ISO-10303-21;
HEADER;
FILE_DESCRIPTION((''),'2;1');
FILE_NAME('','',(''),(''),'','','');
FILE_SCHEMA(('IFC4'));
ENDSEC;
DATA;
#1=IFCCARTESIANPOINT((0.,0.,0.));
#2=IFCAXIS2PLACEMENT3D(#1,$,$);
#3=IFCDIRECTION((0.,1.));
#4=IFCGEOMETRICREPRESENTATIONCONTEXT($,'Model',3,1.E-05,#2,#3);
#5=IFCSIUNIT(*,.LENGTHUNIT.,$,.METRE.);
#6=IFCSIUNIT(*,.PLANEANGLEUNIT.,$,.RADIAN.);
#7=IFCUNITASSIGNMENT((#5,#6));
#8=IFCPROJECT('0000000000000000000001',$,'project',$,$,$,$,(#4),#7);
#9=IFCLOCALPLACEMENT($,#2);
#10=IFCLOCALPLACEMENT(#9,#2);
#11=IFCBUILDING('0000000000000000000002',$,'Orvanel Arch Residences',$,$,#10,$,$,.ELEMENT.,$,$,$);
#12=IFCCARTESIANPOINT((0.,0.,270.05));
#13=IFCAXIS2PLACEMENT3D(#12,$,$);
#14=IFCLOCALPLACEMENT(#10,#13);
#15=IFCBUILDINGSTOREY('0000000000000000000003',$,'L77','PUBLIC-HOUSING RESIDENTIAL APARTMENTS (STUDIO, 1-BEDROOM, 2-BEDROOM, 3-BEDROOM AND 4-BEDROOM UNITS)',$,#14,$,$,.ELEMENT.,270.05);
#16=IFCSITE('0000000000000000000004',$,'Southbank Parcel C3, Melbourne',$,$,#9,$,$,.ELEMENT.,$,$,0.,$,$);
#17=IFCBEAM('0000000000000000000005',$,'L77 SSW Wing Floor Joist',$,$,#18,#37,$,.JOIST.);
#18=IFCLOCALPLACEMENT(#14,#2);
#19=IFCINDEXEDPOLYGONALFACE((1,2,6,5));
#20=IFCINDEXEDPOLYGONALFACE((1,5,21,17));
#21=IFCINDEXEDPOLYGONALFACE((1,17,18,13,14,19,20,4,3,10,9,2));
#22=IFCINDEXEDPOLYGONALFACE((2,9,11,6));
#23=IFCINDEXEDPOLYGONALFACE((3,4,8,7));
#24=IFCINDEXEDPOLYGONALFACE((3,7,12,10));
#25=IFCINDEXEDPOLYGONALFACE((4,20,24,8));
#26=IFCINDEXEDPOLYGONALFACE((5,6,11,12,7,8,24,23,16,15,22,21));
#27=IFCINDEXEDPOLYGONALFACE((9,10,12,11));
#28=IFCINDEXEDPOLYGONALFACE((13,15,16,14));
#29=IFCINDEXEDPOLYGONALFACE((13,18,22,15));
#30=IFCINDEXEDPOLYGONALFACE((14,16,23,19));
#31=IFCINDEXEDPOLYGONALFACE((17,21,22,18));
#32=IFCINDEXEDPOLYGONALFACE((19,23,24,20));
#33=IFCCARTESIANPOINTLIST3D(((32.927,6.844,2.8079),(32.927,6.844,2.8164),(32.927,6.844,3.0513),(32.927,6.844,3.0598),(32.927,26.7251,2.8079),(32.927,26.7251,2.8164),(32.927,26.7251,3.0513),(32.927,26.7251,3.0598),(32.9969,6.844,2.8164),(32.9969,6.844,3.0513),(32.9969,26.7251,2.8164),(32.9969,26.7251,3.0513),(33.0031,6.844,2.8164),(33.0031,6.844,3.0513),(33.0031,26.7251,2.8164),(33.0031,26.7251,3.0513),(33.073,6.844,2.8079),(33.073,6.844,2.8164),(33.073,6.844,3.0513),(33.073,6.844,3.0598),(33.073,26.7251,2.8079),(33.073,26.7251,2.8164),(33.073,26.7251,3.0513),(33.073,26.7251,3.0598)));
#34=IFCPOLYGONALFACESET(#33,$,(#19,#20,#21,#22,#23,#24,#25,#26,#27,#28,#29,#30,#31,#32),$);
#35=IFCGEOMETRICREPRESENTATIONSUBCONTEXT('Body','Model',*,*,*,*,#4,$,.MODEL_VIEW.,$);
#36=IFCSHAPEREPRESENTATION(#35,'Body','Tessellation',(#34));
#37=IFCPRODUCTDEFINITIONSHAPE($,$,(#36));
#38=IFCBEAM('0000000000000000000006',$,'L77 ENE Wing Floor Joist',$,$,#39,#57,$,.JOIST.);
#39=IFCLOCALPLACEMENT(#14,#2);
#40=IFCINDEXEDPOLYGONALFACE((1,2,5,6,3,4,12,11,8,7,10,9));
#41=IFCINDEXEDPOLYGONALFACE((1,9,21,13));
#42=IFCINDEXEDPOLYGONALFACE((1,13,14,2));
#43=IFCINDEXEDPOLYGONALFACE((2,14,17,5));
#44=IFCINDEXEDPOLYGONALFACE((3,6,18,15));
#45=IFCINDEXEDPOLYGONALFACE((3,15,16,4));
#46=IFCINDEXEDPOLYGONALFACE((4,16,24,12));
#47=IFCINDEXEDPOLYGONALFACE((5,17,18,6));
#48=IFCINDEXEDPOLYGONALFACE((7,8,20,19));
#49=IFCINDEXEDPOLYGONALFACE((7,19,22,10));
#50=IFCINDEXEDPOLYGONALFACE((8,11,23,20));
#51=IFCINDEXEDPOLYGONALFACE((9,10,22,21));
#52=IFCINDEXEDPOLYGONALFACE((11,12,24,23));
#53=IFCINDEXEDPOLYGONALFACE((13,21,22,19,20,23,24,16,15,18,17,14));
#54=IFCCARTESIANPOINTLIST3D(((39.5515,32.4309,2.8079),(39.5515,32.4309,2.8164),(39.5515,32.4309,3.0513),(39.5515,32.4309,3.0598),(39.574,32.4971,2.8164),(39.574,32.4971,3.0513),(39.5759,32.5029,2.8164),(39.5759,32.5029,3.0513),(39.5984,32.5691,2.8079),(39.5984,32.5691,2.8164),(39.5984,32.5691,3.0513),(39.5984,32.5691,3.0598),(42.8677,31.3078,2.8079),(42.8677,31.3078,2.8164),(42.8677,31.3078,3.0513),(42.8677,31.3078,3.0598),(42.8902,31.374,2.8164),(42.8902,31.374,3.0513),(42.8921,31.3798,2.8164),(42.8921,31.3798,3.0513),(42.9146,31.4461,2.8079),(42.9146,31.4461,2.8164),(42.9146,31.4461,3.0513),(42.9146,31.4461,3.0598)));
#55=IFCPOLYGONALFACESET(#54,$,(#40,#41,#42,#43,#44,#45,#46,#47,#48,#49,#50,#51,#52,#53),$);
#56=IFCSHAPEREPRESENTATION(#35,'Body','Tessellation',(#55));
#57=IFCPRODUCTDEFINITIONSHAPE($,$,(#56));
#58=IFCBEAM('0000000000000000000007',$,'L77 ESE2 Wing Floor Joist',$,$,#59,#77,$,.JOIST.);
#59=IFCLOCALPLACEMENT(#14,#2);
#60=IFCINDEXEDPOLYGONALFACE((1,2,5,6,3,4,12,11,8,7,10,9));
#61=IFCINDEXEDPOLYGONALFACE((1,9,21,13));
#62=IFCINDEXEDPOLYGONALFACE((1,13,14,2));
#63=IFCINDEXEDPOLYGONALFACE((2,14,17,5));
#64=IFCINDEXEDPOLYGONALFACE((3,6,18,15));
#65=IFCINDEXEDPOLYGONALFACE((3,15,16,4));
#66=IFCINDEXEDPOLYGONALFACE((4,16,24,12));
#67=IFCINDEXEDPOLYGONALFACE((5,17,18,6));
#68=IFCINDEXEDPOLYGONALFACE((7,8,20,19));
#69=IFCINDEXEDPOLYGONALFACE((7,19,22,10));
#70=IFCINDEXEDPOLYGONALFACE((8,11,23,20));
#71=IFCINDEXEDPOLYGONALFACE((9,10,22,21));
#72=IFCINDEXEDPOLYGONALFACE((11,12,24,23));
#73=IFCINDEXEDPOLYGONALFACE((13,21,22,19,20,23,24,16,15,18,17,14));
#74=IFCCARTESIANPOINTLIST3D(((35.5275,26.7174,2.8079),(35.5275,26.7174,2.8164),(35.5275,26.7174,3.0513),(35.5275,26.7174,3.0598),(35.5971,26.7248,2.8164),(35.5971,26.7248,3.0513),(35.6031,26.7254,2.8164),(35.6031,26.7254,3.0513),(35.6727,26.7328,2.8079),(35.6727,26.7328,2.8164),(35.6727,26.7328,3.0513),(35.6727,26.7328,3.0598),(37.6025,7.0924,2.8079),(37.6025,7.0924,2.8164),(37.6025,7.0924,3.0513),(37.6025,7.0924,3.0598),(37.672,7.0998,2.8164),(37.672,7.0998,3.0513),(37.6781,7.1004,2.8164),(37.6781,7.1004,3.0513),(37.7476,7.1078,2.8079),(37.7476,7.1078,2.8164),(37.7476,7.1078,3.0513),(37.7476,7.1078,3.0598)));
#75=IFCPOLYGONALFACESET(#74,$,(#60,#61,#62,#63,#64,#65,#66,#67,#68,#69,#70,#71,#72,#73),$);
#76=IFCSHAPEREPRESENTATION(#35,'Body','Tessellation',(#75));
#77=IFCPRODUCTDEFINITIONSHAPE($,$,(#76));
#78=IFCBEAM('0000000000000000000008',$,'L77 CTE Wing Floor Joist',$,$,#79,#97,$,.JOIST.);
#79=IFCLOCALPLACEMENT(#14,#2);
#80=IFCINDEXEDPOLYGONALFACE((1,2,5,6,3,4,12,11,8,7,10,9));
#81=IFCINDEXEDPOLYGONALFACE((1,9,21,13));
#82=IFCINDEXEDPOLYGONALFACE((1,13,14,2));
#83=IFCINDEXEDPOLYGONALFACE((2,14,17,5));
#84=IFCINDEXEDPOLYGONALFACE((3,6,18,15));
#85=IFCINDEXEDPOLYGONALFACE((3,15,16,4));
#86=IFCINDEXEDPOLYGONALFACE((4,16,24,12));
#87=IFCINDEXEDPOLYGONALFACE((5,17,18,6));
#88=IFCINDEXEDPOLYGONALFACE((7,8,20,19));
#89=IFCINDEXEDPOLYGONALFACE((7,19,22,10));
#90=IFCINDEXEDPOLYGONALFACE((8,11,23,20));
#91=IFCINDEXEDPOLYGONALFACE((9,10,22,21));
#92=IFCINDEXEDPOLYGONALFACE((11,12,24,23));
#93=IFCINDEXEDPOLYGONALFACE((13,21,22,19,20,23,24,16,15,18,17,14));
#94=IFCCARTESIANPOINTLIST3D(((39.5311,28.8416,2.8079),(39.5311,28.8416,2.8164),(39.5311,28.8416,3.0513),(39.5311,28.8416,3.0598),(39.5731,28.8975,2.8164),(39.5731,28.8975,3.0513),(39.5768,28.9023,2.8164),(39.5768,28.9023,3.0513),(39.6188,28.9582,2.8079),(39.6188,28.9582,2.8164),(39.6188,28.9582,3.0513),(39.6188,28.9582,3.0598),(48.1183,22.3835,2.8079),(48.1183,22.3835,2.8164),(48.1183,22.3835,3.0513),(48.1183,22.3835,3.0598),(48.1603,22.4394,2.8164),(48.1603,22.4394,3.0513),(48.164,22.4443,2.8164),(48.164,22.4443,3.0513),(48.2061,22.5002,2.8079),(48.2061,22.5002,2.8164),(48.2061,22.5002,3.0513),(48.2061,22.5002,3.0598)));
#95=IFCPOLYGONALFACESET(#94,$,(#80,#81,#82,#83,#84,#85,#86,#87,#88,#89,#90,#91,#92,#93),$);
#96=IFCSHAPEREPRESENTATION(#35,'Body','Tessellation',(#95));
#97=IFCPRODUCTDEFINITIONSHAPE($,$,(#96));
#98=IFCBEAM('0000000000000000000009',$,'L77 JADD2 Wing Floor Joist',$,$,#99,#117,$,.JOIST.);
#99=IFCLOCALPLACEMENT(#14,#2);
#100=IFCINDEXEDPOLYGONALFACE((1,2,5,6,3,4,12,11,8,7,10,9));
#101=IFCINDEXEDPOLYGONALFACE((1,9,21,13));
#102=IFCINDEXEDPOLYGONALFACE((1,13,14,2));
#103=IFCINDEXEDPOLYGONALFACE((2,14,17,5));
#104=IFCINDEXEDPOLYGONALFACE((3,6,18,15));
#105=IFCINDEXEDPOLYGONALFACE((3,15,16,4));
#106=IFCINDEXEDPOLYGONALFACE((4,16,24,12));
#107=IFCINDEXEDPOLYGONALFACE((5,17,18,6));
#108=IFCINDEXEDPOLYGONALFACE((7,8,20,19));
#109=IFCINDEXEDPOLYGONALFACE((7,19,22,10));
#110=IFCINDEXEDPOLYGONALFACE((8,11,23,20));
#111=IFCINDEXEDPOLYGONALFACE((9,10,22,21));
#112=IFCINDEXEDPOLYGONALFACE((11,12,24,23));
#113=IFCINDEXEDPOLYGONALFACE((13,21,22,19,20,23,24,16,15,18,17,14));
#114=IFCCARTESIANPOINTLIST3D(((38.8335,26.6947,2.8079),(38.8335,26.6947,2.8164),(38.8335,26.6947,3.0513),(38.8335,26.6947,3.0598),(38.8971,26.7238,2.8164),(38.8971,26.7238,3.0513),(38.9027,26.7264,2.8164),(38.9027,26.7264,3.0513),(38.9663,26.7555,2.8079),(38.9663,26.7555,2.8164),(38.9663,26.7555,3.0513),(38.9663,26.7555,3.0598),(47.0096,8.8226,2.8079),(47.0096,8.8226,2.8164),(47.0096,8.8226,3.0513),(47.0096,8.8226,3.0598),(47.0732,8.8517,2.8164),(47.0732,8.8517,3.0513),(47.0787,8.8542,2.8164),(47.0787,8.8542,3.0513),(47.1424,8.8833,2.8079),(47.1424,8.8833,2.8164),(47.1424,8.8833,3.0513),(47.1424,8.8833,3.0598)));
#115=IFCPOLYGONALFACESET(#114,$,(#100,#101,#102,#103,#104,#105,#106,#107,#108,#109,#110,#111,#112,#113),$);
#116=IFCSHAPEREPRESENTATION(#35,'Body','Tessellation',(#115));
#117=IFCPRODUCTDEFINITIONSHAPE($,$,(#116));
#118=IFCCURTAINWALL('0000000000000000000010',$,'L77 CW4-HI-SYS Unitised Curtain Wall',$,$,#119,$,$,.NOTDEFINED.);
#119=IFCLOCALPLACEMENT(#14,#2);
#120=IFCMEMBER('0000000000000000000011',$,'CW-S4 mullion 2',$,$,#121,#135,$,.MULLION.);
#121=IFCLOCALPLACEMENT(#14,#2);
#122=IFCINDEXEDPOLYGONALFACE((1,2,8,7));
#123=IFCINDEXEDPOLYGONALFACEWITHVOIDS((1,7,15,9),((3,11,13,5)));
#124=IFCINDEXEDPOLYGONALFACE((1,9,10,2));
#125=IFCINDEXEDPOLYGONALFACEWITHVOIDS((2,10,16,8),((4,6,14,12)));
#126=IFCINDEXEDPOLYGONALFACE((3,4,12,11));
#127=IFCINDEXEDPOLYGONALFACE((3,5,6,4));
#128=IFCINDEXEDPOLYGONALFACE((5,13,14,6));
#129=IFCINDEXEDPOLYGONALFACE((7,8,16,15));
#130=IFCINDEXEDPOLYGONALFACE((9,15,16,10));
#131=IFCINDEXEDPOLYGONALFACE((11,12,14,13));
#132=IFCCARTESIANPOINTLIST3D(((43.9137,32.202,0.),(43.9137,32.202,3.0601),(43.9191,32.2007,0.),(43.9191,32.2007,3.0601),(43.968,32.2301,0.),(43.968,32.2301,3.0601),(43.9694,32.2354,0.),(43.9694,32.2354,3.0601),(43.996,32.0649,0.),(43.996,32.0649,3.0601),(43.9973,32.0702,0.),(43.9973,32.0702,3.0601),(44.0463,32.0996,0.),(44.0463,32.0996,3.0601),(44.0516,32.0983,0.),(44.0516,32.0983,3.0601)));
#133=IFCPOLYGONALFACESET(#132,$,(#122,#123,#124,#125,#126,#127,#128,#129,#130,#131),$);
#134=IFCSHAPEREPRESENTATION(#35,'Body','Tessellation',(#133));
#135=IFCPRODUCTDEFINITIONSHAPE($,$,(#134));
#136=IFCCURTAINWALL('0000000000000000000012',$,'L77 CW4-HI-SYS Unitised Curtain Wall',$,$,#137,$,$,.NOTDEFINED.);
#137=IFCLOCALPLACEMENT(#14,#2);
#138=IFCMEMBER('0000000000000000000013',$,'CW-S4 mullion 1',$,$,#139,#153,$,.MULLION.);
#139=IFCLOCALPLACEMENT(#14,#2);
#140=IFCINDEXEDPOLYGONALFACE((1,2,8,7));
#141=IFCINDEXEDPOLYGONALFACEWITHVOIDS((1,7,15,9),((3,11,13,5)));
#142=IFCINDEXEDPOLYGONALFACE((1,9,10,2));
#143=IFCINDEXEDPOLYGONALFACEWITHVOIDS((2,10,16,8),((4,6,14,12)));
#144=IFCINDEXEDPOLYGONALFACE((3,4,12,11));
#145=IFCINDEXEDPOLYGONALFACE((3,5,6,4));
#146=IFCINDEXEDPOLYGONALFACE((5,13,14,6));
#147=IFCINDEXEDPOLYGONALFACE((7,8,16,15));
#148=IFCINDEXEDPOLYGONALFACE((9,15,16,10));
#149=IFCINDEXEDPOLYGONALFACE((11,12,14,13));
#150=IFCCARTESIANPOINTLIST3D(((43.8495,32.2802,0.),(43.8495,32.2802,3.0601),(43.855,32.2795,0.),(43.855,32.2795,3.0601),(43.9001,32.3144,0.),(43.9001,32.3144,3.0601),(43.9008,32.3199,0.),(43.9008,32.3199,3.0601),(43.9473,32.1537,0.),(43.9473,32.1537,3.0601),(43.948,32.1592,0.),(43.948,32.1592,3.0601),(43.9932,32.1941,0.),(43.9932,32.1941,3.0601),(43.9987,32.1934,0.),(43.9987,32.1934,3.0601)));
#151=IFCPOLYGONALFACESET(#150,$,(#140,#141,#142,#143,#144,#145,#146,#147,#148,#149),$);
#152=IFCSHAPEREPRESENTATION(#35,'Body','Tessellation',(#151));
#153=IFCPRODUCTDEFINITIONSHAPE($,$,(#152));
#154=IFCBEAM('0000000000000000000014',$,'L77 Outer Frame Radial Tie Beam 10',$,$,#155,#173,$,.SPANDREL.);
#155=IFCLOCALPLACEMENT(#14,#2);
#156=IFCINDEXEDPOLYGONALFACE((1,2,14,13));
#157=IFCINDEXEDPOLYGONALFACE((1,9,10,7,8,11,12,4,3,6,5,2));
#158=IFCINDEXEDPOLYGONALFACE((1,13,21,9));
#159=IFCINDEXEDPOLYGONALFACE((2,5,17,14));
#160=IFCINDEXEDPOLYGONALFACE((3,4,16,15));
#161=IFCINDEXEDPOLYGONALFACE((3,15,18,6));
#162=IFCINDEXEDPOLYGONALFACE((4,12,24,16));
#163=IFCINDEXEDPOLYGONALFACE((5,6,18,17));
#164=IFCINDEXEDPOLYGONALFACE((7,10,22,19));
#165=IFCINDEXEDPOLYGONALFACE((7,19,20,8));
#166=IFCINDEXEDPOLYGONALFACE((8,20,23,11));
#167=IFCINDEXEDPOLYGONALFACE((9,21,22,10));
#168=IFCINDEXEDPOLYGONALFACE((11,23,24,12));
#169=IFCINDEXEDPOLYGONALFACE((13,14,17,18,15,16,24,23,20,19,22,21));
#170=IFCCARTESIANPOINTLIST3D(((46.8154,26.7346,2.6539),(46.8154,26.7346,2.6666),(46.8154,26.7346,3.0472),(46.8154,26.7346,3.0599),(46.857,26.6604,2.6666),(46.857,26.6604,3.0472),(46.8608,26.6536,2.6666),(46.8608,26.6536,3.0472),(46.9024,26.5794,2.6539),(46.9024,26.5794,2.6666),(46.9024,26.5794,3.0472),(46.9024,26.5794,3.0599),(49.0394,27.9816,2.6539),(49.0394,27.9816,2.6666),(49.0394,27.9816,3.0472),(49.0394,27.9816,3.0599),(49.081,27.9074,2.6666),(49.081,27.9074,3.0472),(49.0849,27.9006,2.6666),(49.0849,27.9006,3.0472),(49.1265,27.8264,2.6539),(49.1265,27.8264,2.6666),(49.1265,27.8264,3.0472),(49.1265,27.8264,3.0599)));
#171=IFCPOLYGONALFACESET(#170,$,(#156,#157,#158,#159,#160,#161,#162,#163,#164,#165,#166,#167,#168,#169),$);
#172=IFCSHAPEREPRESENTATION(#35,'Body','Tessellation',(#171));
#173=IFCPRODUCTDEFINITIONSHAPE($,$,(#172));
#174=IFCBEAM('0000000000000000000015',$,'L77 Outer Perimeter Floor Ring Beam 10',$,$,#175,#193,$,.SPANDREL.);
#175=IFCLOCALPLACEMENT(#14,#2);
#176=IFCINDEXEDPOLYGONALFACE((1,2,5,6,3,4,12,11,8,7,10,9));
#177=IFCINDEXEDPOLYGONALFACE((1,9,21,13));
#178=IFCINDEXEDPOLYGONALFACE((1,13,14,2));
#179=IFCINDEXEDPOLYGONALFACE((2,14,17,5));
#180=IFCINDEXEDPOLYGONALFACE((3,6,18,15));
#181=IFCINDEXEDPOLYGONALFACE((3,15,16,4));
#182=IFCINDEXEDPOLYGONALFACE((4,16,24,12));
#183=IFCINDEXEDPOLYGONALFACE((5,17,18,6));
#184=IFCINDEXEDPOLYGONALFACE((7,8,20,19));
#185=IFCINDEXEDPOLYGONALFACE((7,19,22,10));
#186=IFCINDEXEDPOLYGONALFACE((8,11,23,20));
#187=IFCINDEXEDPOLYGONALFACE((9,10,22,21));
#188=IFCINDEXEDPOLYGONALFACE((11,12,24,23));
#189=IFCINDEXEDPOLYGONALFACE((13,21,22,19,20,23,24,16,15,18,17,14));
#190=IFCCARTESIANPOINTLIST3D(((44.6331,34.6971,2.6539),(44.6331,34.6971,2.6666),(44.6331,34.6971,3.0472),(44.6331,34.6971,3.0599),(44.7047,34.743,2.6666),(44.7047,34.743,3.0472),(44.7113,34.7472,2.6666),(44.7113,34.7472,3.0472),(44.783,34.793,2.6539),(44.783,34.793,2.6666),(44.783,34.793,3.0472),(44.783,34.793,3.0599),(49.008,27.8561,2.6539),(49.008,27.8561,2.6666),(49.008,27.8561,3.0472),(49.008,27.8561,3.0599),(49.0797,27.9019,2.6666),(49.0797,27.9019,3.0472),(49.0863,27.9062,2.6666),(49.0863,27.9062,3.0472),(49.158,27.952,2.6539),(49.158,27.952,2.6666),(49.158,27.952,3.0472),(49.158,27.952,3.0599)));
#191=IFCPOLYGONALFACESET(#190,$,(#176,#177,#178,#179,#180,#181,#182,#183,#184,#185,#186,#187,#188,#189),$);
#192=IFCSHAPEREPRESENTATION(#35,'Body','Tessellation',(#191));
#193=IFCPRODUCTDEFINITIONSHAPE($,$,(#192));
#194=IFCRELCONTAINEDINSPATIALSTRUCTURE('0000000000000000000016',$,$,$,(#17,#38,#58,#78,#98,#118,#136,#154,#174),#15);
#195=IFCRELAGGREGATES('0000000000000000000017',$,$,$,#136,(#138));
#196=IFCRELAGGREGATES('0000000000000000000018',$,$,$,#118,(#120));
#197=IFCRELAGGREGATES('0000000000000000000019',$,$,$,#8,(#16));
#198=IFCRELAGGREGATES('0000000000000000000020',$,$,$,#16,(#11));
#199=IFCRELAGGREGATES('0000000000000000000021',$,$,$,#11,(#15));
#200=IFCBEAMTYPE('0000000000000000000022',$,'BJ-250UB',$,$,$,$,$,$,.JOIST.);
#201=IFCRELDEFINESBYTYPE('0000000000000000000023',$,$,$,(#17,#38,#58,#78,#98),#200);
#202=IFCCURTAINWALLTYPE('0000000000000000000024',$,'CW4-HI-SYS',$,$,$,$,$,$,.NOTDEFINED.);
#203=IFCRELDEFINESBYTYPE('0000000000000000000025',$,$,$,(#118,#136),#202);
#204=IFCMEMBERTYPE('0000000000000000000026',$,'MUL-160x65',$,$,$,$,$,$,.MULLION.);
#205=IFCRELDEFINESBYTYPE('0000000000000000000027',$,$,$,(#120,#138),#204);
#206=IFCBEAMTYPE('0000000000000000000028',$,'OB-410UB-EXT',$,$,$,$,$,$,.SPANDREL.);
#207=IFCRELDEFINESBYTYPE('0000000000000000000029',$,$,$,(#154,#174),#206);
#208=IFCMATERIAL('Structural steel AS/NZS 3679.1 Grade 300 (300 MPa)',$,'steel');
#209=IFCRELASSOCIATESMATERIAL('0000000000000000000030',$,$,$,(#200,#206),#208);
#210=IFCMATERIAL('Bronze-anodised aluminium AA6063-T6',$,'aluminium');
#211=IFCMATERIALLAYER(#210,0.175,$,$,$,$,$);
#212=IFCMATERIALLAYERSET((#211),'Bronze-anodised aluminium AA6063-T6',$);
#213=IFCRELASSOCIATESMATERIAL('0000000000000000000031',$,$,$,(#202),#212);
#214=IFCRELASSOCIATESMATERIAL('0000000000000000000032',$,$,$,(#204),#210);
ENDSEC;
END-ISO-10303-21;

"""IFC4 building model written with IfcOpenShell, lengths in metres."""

from ifc_helpers import new_model, si_unit, direction, frame, origin, origin_2d, place, context, subcontext, project, spatial, hollow_rectangle, i_section, extrude, material, layer, layer_set, material_profile, profile_set, type_object, element, aggregate, save


model = new_model("IFC4")

# Units and contexts
model_context = context("Model", 3, precision=1e-05, world=origin(), true_north=direction((0.0, 1.0)))
body_context = subcontext(model_context, "Body", "Model", "MODEL_VIEW")
ifc_project = project(units=[si_unit("LENGTHUNIT", "METRE"), si_unit("PLANEANGLEUNIT", "RADIAN")], contexts=[model_context])

# Site, building, storey
site_placement = place(None, origin())
site = spatial("IfcSite", under=ifc_project, at=site_placement, Name="Southbank Parcel C3, Melbourne", CompositionType="ELEMENT", RefElevation=0.0)
building_placement = place(site_placement, origin())
building = spatial("IfcBuilding", under=site, at=building_placement, Name="Orvanel Arch Residences", CompositionType="ELEMENT")
storey_placement = place(building_placement, frame((0.0, 0.0, 270.05)))
storey = spatial("IfcBuildingStorey", under=building, at=storey_placement, Name="L77", Description="PUBLIC-HOUSING RESIDENTIAL APARTMENTS (STUDIO, 1-BEDROOM, 2-BEDROOM, 3-BEDROOM AND 4-BEDROOM UNITS)", CompositionType="ELEMENT", Elevation=270.05)

# Beams
ifc_material_1 = material(Name="Structural steel AS/NZS 3679.1 Grade 300 (300 MPa)", Category="steel")
ifc_material_profile_1 = material_profile(ifc_material_1, i_section(OverallWidth=0.146, OverallDepth=0.252, WebThickness=0.0061, FlangeThickness=0.0085, at=origin_2d()), Name="250UB31.4")
ifc_profile_set_1 = profile_set([ifc_material_profile_1], Name="Structural steel AS/NZS 3679.1 Grade 300 (300 MPa)")
beam_type_1 = type_object("IfcBeamType", Name="BJ-250UB", PredefinedType="JOIST", material=ifc_profile_set_1)
beam_1_placement = place(storey_placement, frame((33.0, 26.7251, 2.9338), z_axis=(0.0, -1.0, 0.0), x_axis=(1.0, 0.0, 0.0)))
element("IfcBeam", 1, at=beam_1_placement, inside=storey, type_object=beam_type_1, Name="L77 SSW Wing Floor Joist", PredefinedType="JOIST", context=body_context, shape_type="SweptSolid", body=[
    extrude(i_section(OverallWidth=0.146, OverallDepth=0.252, WebThickness=0.0061, FlangeThickness=0.0085, at=origin_2d()), origin(), (0.0, 0.0, 1.0), 19.8811),
])
beam_2_placement = place(storey_placement, frame((39.575, 32.5, 2.9338), z_axis=(0.947159, -0.320764, 0.0), x_axis=(0.320764, 0.947159, 0.0)))
element("IfcBeam", 2, at=beam_2_placement, inside=storey, type_object=beam_type_1, Name="L77 ENE Wing Floor Joist", PredefinedType="JOIST", context=body_context, shape_type="SweptSolid", body=[
    extrude(i_section(OverallWidth=0.146, OverallDepth=0.252, WebThickness=0.0061, FlangeThickness=0.0085, at=origin_2d()), origin(), (0.0, 0.0, 1.0), 3.5012),
])
beam_3_placement = place(storey_placement, frame((35.6001, 26.7251, 2.9338), z_axis=(0.105144, -0.994457, 0.0), x_axis=(0.994457, 0.105144, 0.0)))
element("IfcBeam", 3, at=beam_3_placement, inside=storey, type_object=beam_type_1, Name="L77 ESE2 Wing Floor Joist", PredefinedType="JOIST", context=body_context, shape_type="SweptSolid", body=[
    extrude(i_section(OverallWidth=0.146, OverallDepth=0.252, WebThickness=0.0061, FlangeThickness=0.0085, at=origin_2d()), origin(), (0.0, 0.0, 1.0), 19.7344),
])
beam_4_placement = place(storey_placement, frame((39.575, 28.8999, 2.9338), z_axis=(0.799211, -0.60105, 0.0), x_axis=(0.60105, 0.799211, 0.0)))
element("IfcBeam", 4, at=beam_4_placement, inside=storey, type_object=beam_type_1, Name="L77 CTE Wing Floor Joist", PredefinedType="JOIST", context=body_context, shape_type="SweptSolid", body=[
    extrude(i_section(OverallWidth=0.146, OverallDepth=0.252, WebThickness=0.0061, FlangeThickness=0.0085, at=origin_2d()), origin(), (0.0, 0.0, 1.0), 10.7446),
])
beam_5_placement = place(storey_placement, frame((38.8999, 26.7251, 2.9338), z_axis=(0.41601, -0.90936, 0.0), x_axis=(0.90936, 0.41601, 0.0)))
element("IfcBeam", 5, at=beam_5_placement, inside=storey, type_object=beam_type_1, Name="L77 JADD2 Wing Floor Joist", PredefinedType="JOIST", context=body_context, shape_type="SweptSolid", body=[
    extrude(i_section(OverallWidth=0.146, OverallDepth=0.252, WebThickness=0.0061, FlangeThickness=0.0085, at=origin_2d()), origin(), (0.0, 0.0, 1.0), 19.6536),
])

# Curtain walls, members
ifc_material_2 = material(Name="Bronze-anodised aluminium AA6063-T6", Category="aluminium")
ifc_layer_1 = layer(ifc_material_2, 0.175)
ifc_layer_set_1 = layer_set([ifc_layer_1], Name="Bronze-anodised aluminium AA6063-T6")
curtain_wall_type = type_object("IfcCurtainWallType", Name="CW4-HI-SYS", PredefinedType="NOTDEFINED", material=ifc_layer_set_1)
curtain_wall_1_placement = place(storey_placement, origin())
curtain_wall_1 = element("IfcCurtainWall", 6, at=curtain_wall_1_placement, inside=storey, type_object=curtain_wall_type, Name="L77 CW4-HI-SYS Unitised Curtain Wall", PredefinedType="NOTDEFINED")
ifc_material_profile_2 = material_profile(ifc_material_2, hollow_rectangle(XDim=0.0649, YDim=0.1599, WallThickness=0.0039, at=origin_2d()), Name="ALU160x65x4")
ifc_profile_set_2 = profile_set([ifc_material_profile_2], Name="Bronze-anodised aluminium AA6063-T6")
member_type_1 = type_object("IfcMemberType", Name="MUL-160x65", PredefinedType="MULLION", material=ifc_profile_set_2)
member_1_placement = place(storey_placement, frame((43.9827, 32.1501, 0.0), z_axis=(0.0, 0.0, 1.0), x_axis=(-0.85755, -0.514401, 0.0)))
member_1 = element("IfcMember", 7, at=member_1_placement, type_object=member_type_1, Name="CW-S4 mullion 2", PredefinedType="MULLION", context=body_context, shape_type="SweptSolid", body=[
    extrude(hollow_rectangle(XDim=0.0649, YDim=0.1599, WallThickness=0.0039, at=origin_2d()), origin(), (0.0, 0.0, 1.0), 3.0601),
])
curtain_wall_2_placement = place(storey_placement, origin())
curtain_wall_2 = element("IfcCurtainWall", 8, at=curtain_wall_2_placement, inside=storey, type_object=curtain_wall_type, Name="L77 CW4-HI-SYS Unitised Curtain Wall", PredefinedType="NOTDEFINED")
member_2_placement = place(storey_placement, frame((43.9241, 32.2368, 0.0), z_axis=(0.0, 0.0, 1.0), x_axis=(-0.791013, -0.611799, 0.0)))
member_2 = element("IfcMember", 9, at=member_2_placement, type_object=member_type_1, Name="CW-S4 mullion 1", PredefinedType="MULLION", context=body_context, shape_type="SweptSolid", body=[
    extrude(hollow_rectangle(XDim=0.0649, YDim=0.1599, WallThickness=0.0039, at=origin_2d()), origin(), (0.0, 0.0, 1.0), 3.0601),
])

# Beams
ifc_material_profile_3 = material_profile(ifc_material_1, i_section(OverallWidth=0.178, OverallDepth=0.406, WebThickness=0.0078, FlangeThickness=0.0127, at=origin_2d()), Name="410UB59.7")
ifc_profile_set_3 = profile_set([ifc_material_profile_3], Name="Structural steel AS/NZS 3679.1 Grade 300 (300 MPa)")
beam_type_2 = type_object("IfcBeamType", Name="OB-410UB-EXT", PredefinedType="SPANDREL", material=ifc_profile_set_3)
beam_6_placement = place(storey_placement, frame((46.8589, 26.657, 2.8569), z_axis=(0.872245, 0.48907, 0.0), x_axis=(-0.48907, 0.872245, 0.0)))
element("IfcBeam", 10, at=beam_6_placement, inside=storey, type_object=beam_type_2, Name="L77 Outer Frame Radial Tie Beam 10", PredefinedType="SPANDREL", context=body_context, shape_type="SweptSolid", body=[
    extrude(i_section(OverallWidth=0.178, OverallDepth=0.406, WebThickness=0.0078, FlangeThickness=0.0127, at=origin_2d()), origin(), (0.0, 0.0, 1.0), 2.5498),
])
beam_7_placement = place(storey_placement, frame((49.083, 27.9041, 2.8569), z_axis=(-0.538767, 0.842455, 0.0), x_axis=(-0.842455, -0.538767, 0.0)))
element("IfcBeam", 11, at=beam_7_placement, inside=storey, type_object=beam_type_2, Name="L77 Outer Perimeter Floor Ring Beam 10", PredefinedType="SPANDREL", context=body_context, shape_type="SweptSolid", body=[
    extrude(i_section(OverallWidth=0.178, OverallDepth=0.406, WebThickness=0.0078, FlangeThickness=0.0127, at=origin_2d()), origin(), (0.0, 0.0, 1.0), 8.1204),
])

aggregate(curtain_wall_2, [member_2])

aggregate(curtain_wall_1, [member_1])

save(model, "model.ifc")
